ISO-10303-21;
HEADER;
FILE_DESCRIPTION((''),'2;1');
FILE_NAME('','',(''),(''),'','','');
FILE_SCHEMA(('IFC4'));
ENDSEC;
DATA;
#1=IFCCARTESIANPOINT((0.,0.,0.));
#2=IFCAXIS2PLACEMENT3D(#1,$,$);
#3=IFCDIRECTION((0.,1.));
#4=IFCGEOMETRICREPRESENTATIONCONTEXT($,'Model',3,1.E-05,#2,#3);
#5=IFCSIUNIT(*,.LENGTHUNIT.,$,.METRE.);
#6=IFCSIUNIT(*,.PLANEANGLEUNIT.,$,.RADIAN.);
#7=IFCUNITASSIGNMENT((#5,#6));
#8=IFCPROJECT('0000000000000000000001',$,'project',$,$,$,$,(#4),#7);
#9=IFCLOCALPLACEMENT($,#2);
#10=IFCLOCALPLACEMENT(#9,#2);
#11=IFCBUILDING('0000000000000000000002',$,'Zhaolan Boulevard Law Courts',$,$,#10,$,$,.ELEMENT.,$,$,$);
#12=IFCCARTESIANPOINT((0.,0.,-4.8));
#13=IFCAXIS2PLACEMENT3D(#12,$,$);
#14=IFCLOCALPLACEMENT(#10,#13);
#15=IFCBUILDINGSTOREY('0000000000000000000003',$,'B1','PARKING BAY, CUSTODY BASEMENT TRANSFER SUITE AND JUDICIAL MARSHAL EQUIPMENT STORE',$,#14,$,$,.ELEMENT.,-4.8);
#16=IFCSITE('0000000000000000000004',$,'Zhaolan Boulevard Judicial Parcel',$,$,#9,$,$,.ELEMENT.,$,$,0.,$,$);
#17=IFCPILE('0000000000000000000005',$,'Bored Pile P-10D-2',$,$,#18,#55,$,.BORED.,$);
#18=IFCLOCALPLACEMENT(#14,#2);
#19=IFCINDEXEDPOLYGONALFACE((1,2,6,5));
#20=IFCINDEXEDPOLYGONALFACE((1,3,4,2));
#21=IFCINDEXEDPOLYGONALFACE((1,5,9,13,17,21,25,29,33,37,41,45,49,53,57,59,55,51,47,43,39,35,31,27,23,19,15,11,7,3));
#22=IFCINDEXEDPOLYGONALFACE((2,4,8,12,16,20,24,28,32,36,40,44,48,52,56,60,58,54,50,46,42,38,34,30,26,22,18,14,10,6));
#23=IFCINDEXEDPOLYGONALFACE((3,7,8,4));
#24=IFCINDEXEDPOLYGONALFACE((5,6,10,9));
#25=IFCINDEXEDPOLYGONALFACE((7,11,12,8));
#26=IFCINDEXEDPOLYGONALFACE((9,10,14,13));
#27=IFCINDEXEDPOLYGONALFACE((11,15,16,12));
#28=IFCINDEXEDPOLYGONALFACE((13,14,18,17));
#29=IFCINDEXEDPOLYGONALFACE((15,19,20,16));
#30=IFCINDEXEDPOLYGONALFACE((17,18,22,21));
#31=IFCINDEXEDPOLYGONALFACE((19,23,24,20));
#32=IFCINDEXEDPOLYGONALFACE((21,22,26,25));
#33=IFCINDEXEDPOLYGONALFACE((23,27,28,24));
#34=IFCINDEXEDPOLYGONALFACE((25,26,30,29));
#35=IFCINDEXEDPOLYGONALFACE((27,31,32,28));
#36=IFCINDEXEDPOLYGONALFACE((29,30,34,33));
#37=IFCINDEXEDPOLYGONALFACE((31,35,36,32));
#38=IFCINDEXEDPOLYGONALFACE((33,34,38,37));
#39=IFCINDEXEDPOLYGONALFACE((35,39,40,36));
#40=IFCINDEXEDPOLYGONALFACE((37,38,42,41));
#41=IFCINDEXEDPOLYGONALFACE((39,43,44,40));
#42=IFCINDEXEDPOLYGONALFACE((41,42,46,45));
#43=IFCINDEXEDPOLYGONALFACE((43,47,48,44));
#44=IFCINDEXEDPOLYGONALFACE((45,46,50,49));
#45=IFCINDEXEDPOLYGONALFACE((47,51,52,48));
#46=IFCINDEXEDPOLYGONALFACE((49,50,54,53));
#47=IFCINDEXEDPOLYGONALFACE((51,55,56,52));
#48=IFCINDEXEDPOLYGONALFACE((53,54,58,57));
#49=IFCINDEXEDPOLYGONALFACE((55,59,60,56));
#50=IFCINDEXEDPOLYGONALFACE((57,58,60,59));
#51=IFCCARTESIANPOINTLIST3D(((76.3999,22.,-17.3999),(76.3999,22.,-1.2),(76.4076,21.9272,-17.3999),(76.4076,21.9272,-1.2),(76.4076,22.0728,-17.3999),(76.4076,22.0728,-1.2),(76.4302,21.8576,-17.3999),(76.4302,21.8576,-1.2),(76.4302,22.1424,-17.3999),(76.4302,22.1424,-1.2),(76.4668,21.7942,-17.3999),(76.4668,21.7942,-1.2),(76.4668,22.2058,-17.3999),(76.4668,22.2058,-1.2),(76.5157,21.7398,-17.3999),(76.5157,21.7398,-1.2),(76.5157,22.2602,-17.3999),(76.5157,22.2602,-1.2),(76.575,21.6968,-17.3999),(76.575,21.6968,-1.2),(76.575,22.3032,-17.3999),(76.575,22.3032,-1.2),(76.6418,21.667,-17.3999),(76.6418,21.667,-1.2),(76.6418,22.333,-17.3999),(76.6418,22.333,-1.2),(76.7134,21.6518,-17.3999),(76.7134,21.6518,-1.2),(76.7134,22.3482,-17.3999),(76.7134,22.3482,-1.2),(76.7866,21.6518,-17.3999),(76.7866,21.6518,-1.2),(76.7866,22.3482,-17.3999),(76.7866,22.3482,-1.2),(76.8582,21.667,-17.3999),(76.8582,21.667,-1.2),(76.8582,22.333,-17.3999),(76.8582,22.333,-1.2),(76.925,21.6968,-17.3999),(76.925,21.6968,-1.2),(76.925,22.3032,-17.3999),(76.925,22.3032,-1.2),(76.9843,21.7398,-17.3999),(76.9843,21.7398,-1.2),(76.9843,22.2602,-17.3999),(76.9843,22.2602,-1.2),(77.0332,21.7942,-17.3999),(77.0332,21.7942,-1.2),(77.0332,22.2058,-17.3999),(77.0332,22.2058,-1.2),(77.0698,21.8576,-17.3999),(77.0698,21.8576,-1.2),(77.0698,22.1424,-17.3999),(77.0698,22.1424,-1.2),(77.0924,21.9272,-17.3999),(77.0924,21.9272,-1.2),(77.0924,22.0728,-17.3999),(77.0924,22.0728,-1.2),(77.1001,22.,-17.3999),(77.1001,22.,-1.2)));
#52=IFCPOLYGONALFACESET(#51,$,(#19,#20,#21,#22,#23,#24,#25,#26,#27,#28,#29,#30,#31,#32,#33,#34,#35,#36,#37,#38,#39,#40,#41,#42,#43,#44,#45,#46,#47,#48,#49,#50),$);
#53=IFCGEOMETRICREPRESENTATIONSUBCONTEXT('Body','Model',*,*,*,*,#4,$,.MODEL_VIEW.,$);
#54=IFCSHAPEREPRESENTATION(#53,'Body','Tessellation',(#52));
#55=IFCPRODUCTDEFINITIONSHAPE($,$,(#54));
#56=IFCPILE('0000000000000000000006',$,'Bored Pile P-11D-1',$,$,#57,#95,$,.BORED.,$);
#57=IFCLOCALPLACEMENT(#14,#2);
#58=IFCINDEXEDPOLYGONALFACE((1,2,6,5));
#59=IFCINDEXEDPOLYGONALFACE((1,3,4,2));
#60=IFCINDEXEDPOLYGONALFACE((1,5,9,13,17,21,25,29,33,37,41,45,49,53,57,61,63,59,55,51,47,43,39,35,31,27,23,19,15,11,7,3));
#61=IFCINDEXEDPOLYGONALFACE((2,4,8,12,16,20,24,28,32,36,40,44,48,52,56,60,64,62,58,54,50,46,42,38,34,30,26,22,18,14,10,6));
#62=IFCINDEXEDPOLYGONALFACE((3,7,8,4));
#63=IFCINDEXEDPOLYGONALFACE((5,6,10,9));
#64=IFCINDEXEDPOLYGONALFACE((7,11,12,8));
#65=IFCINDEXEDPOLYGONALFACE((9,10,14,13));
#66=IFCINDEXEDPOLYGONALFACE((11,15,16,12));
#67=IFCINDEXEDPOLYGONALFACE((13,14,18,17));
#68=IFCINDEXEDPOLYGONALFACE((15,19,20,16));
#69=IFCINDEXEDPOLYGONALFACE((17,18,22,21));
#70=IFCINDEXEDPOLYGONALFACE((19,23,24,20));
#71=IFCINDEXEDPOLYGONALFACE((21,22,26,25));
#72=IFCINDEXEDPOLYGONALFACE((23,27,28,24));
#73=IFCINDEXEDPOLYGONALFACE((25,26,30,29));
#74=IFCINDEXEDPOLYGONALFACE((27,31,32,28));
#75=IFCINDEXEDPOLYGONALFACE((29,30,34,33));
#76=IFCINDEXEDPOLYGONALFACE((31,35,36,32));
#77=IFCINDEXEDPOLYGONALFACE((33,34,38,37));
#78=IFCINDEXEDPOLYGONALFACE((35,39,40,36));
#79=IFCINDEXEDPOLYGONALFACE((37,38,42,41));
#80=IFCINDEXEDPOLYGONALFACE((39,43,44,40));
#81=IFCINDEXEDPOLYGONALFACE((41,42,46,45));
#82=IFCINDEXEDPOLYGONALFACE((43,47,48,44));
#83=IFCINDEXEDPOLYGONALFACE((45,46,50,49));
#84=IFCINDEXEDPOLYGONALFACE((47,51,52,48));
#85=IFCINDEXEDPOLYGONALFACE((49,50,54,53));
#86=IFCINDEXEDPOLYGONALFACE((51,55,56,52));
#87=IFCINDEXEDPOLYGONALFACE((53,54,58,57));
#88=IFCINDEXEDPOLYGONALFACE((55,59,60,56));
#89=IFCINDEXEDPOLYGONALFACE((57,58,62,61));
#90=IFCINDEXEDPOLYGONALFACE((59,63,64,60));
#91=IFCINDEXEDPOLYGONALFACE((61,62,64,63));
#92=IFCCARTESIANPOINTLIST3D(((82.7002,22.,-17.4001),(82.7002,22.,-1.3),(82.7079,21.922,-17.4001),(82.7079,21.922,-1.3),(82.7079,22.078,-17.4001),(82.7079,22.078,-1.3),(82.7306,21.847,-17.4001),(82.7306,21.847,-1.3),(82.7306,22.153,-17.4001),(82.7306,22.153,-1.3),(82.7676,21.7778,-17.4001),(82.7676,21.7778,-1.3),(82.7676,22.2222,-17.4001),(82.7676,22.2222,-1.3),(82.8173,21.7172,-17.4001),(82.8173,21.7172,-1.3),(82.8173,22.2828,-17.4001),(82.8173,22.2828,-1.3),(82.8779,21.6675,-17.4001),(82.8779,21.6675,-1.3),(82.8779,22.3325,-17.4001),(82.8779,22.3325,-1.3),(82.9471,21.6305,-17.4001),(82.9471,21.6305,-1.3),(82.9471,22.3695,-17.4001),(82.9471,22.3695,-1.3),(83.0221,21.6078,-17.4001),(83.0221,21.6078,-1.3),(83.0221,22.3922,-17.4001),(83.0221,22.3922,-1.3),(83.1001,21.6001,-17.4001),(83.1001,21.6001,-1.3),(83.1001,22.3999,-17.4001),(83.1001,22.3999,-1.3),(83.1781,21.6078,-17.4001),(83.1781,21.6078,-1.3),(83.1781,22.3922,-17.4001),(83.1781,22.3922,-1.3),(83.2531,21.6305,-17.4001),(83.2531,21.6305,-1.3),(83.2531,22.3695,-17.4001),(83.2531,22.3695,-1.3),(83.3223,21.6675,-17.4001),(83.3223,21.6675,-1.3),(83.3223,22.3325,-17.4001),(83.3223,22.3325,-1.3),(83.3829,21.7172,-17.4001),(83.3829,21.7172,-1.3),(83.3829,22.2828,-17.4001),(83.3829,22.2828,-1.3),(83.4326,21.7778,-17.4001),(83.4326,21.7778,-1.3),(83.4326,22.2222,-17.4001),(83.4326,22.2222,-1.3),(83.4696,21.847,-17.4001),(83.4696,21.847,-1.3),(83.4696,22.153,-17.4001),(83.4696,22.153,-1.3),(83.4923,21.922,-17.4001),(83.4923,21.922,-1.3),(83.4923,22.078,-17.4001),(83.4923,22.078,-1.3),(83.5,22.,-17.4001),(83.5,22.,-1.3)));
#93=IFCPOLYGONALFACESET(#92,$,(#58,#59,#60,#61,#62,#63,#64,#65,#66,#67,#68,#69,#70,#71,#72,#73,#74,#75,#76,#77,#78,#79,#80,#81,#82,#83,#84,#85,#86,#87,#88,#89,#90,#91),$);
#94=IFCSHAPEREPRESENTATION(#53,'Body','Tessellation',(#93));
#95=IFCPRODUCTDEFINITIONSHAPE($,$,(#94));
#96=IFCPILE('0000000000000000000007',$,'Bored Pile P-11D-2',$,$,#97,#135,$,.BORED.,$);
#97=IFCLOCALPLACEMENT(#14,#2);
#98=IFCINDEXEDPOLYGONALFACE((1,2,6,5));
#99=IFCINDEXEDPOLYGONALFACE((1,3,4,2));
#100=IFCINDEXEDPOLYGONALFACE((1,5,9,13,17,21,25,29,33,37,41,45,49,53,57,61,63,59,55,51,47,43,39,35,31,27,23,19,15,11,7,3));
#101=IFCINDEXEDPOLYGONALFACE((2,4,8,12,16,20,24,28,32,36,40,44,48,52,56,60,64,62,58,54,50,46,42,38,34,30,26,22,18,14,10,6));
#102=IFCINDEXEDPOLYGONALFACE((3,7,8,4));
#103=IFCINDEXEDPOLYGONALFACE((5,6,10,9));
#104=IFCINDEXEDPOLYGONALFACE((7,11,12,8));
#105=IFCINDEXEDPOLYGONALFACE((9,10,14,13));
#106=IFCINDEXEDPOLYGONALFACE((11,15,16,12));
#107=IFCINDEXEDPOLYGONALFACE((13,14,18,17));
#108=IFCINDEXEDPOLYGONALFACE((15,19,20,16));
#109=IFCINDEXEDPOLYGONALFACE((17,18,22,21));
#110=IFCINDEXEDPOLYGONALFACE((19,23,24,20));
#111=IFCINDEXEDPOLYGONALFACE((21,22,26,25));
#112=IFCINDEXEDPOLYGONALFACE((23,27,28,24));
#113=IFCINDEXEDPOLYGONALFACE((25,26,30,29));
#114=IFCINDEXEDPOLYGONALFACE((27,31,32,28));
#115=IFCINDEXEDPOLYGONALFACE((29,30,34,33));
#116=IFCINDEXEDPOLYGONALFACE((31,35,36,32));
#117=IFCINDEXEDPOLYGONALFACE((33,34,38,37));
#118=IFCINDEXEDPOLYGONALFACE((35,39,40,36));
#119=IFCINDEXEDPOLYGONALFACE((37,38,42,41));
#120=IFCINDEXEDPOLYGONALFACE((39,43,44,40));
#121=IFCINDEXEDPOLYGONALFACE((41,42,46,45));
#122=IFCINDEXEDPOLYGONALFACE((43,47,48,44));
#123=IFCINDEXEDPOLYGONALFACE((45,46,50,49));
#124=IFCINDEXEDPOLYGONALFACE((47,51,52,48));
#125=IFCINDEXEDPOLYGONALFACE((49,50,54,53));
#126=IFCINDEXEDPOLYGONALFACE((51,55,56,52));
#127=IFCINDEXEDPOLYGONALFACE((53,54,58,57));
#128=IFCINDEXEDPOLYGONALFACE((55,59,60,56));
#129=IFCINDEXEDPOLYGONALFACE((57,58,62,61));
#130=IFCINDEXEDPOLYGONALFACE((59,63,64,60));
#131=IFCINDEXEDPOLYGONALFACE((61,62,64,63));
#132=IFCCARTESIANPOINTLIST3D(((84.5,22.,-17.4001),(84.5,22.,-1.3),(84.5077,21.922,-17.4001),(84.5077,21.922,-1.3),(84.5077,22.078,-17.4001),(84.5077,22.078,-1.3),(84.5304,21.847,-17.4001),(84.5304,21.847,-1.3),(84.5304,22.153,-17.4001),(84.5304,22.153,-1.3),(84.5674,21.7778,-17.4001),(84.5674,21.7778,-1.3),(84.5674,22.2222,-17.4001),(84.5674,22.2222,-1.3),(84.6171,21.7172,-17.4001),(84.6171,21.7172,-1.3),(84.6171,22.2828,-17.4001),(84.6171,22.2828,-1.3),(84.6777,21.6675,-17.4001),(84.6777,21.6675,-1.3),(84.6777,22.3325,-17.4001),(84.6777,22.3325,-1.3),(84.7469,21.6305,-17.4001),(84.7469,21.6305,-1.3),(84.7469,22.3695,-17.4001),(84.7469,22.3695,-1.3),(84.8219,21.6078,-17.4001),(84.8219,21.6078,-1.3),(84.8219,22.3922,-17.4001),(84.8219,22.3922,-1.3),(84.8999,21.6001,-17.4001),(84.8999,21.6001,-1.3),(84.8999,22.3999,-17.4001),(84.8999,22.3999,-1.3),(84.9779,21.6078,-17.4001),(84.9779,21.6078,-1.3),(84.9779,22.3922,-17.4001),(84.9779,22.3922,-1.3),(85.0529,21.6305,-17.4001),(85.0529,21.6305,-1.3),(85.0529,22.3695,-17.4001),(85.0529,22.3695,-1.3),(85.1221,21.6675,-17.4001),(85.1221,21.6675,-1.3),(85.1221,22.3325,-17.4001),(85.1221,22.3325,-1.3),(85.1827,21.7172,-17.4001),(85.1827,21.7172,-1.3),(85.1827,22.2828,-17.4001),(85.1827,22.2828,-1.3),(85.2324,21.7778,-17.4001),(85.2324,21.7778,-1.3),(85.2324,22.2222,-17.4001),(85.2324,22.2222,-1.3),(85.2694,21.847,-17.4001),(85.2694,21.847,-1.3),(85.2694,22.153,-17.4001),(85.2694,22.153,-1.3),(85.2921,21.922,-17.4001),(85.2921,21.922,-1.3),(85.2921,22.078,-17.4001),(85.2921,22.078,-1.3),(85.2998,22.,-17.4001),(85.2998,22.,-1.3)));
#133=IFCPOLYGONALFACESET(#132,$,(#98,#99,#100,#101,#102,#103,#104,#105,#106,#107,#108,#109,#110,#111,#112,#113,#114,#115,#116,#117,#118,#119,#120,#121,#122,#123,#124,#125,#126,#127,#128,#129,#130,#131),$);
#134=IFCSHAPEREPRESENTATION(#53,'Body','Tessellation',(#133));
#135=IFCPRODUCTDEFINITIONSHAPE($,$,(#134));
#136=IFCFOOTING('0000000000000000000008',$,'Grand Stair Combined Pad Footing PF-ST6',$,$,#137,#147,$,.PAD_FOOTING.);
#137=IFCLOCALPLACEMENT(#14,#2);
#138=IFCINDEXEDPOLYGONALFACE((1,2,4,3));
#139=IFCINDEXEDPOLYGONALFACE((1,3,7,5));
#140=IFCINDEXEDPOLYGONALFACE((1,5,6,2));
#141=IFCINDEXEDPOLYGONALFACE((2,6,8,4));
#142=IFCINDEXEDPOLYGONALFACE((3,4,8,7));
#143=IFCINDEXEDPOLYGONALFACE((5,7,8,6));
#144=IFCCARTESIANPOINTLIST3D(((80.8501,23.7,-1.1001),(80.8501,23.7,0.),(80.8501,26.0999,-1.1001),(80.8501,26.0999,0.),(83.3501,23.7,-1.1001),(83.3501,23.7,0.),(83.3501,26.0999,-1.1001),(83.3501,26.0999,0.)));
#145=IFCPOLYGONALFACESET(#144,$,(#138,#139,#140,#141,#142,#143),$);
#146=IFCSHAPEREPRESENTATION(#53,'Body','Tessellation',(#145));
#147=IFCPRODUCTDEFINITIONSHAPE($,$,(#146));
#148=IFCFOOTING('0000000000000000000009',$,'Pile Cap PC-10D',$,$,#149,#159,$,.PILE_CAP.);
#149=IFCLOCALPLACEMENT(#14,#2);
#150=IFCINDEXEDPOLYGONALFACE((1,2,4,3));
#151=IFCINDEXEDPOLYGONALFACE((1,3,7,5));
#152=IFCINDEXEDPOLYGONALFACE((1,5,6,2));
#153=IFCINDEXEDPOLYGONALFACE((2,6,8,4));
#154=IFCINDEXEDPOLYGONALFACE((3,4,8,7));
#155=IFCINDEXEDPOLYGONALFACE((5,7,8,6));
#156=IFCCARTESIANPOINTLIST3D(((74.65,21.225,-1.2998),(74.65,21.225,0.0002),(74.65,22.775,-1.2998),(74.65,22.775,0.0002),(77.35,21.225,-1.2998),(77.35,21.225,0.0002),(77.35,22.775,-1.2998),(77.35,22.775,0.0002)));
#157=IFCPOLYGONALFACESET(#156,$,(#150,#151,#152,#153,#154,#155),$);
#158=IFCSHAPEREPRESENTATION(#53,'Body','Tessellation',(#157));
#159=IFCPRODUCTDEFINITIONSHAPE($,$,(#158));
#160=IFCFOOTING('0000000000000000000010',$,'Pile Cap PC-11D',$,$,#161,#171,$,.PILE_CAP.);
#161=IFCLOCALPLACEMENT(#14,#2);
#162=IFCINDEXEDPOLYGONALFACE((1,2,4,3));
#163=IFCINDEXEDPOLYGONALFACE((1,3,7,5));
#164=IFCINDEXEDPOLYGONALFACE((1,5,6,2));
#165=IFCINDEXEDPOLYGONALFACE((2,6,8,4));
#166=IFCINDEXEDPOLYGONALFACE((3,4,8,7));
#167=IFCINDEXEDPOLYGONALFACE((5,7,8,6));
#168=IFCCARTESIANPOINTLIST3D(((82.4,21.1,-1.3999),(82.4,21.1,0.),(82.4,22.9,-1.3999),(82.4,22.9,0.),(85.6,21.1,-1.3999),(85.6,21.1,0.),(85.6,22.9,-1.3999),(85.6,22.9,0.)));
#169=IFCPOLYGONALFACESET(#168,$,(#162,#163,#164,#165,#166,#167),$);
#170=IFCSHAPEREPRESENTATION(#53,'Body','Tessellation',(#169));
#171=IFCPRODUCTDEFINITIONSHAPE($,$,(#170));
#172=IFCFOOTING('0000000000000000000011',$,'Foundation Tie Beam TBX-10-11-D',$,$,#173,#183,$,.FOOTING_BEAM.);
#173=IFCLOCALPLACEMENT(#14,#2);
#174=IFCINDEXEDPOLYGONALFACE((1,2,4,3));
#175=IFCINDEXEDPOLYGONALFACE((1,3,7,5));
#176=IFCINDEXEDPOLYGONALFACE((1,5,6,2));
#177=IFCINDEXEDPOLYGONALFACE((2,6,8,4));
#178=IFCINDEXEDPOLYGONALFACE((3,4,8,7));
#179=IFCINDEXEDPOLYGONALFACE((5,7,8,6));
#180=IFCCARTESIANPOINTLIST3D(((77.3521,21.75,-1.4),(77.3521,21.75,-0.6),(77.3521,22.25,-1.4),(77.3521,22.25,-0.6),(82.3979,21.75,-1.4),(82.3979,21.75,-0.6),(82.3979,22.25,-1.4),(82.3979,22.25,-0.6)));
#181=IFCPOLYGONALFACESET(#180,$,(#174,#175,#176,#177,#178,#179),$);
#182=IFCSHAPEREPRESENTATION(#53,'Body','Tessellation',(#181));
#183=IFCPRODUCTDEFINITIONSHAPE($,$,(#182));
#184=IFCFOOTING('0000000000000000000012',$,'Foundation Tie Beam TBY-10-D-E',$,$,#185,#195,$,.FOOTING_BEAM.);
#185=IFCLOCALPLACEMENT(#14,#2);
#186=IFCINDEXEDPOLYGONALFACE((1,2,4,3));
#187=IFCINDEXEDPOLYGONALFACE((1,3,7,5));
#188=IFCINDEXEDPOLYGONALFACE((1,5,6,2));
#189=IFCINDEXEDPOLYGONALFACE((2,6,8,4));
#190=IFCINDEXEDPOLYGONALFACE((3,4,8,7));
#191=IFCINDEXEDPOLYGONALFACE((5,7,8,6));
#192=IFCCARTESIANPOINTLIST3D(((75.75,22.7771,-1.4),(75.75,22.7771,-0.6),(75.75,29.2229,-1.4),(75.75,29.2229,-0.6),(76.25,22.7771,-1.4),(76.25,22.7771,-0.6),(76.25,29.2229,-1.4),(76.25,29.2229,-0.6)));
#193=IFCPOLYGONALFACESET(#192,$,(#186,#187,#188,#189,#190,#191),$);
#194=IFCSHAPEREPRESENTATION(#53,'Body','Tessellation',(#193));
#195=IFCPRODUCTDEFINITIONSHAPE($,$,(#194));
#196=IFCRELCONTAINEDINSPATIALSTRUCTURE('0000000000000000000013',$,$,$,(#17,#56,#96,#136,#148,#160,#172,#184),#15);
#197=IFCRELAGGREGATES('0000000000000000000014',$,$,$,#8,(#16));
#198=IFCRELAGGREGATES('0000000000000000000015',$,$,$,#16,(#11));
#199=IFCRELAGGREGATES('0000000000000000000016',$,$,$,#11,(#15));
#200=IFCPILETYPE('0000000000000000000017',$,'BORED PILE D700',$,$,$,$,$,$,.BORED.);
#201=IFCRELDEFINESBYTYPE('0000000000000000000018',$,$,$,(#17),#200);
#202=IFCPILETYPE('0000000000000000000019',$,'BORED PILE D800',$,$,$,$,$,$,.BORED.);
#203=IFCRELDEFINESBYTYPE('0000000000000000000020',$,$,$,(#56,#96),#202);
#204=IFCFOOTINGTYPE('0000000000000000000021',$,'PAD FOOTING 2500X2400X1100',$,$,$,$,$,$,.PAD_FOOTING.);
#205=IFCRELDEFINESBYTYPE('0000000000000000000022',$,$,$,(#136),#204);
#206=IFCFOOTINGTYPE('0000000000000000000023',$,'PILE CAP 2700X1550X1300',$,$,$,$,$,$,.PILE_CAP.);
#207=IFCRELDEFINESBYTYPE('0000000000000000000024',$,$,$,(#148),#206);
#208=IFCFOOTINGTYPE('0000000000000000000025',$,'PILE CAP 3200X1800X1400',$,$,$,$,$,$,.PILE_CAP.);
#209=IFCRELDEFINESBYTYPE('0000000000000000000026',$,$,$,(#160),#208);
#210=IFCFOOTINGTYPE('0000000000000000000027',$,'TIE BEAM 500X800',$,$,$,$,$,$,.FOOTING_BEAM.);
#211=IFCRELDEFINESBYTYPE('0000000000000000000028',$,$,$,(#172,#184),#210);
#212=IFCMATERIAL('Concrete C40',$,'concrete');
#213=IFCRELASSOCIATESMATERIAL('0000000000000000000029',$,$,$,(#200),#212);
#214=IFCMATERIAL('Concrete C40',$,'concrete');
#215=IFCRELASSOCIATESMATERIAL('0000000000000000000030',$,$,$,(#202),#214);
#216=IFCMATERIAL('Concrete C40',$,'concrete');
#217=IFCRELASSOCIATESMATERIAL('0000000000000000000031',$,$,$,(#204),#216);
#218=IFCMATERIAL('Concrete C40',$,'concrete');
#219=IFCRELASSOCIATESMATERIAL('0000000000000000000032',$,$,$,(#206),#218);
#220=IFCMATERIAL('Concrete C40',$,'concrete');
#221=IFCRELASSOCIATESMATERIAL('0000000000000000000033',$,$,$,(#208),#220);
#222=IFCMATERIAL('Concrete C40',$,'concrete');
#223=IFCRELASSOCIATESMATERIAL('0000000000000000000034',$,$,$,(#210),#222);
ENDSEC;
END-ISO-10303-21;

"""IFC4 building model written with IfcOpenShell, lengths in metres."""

from ifc_helpers import new_model, si_unit, direction, frame, origin, origin_2d, place, context, subcontext, project, spatial, rectangle, circle, extrude, material, material_profile, profile_set, type_object, element, save


model = new_model("IFC4")

# Units and contexts
model_context = context("Model", 3, precision=1e-05, world=origin(), true_north=direction((0.0, 1.0)))
body_context = subcontext(model_context, "Body", "Model", "MODEL_VIEW")
ifc_project = project(units=[si_unit("LENGTHUNIT", "METRE"), si_unit("PLANEANGLEUNIT", "RADIAN")], contexts=[model_context])

# Site, building, storey
site_placement = place(None, origin())
site = spatial("IfcSite", under=ifc_project, at=site_placement, Name="Zhaolan Boulevard Judicial Parcel", CompositionType="ELEMENT", RefElevation=0.0)
building_placement = place(site_placement, origin())
building = spatial("IfcBuilding", under=site, at=building_placement, Name="Zhaolan Boulevard Law Courts", CompositionType="ELEMENT")
storey_placement = place(building_placement, frame((0.0, 0.0, -4.8)))
storey = spatial("IfcBuildingStorey", under=building, at=storey_placement, Name="B1", Description="PARKING BAY, CUSTODY BASEMENT TRANSFER SUITE AND JUDICIAL MARSHAL EQUIPMENT STORE", CompositionType="ELEMENT", Elevation=-4.8)

# Piles
ifc_material_1 = material(Name="Concrete C40", Category="concrete")
ifc_material_profile_1 = material_profile(ifc_material_1, circle(Radius=0.3501, at=origin_2d()), Name="PILE-D700")
ifc_profile_set_1 = profile_set([ifc_material_profile_1], Name="Concrete C40")
pile_type_1 = type_object("IfcPileType", Name="BORED PILE D700", PredefinedType="BORED", material=ifc_profile_set_1)
pile_placement = place(storey_placement, frame((76.75, 22.0, -1.2), z_axis=(0.0, 0.0, -1.0), x_axis=(1.0, 0.0, 0.0)))
element("IfcPile", 1, at=pile_placement, inside=storey, type_object=pile_type_1, Name="Bored Pile P-10D-2", PredefinedType="BORED", context=body_context, shape_type="SweptSolid", body=[
    extrude(circle(Radius=0.3501, at=origin_2d()), origin(), (0.0, 0.0, 1.0), 16.2),
])
ifc_material_2 = material(Name="Concrete C40", Category="concrete")
ifc_material_profile_2 = material_profile(ifc_material_2, circle(Radius=0.3999, at=origin_2d()), Name="PILE-D800")
ifc_profile_set_2 = profile_set([ifc_material_profile_2], Name="Concrete C40")
pile_type_2 = type_object("IfcPileType", Name="BORED PILE D800", PredefinedType="BORED", material=ifc_profile_set_2)
for number, where, z_axis, x_axis, name in (
    (2, (83.1001, 22.0, -1.3), (0.0, 0.0, -1.0), (1.0, 0.0, 0.0), "Bored Pile P-11D-1"),
    (3, (84.8999, 22.0, -1.3), (0.0, 0.0, -1.0), (1.0, 0.0, 0.0), "Bored Pile P-11D-2"),
):
    element("IfcPile", number, at=place(storey_placement, frame(where, z_axis=z_axis, x_axis=x_axis)), inside=storey, type_object=pile_type_2, Name=name, PredefinedType="BORED", context=body_context, shape_type="SweptSolid", body=[
        extrude(circle(Radius=0.3999, at=origin_2d()), origin(), (0.0, 0.0, 1.0), 16.1001),
    ])

# Footings
ifc_material_3 = material(Name="Concrete C40", Category="concrete")
footing_type_1 = type_object("IfcFootingType", Name="PAD FOOTING 2500X2400X1100", PredefinedType="PAD_FOOTING", material=ifc_material_3)
footing_1_placement = place(storey_placement, frame((82.1001, 24.8999, -1.1001), z_axis=(0.0, 0.0, 1.0), x_axis=(1.0, 0.0, 0.0)))
element("IfcFooting", 4, at=footing_1_placement, inside=storey, type_object=footing_type_1, Name="Grand Stair Combined Pad Footing PF-ST6", PredefinedType="PAD_FOOTING", context=body_context, shape_type="SweptSolid", body=[
    extrude(rectangle(XDim=2.5, YDim=2.3999, at=origin_2d()), origin(), (0.0, 0.0, 1.0), 1.1001),
])
ifc_material_4 = material(Name="Concrete C40", Category="concrete")
footing_type_2 = type_object("IfcFootingType", Name="PILE CAP 2700X1550X1300", PredefinedType="PILE_CAP", material=ifc_material_4)
footing_2_placement = place(storey_placement, frame((76.0, 22.0, -1.2998), z_axis=(0.0, 0.0, 1.0), x_axis=(1.0, 0.0, 0.0)))
element("IfcFooting", 5, at=footing_2_placement, inside=storey, type_object=footing_type_2, Name="Pile Cap PC-10D", PredefinedType="PILE_CAP", context=body_context, shape_type="SweptSolid", body=[
    extrude(rectangle(XDim=2.7, YDim=1.55, at=origin_2d()), origin(), (0.0, 0.0, 1.0), 1.3),
])
ifc_material_5 = material(Name="Concrete C40", Category="concrete")
footing_type_3 = type_object("IfcFootingType", Name="PILE CAP 3200X1800X1400", PredefinedType="PILE_CAP", material=ifc_material_5)
footing_3_placement = place(storey_placement, frame((84.0, 22.0, -1.3999), z_axis=(0.0, 0.0, 1.0), x_axis=(1.0, 0.0, 0.0)))
element("IfcFooting", 6, at=footing_3_placement, inside=storey, type_object=footing_type_3, Name="Pile Cap PC-11D", PredefinedType="PILE_CAP", context=body_context, shape_type="SweptSolid", body=[
    extrude(rectangle(XDim=3.2, YDim=1.8, at=origin_2d()), origin(), (0.0, 0.0, 1.0), 1.3999),
])
ifc_material_6 = material(Name="Concrete C40", Category="concrete")
ifc_material_profile_3 = material_profile(ifc_material_6, rectangle(XDim=0.5, YDim=0.8, at=origin_2d()), Name="RC500x800")
ifc_profile_set_3 = profile_set([ifc_material_profile_3], Name="Concrete C40")
footing_type_4 = type_object("IfcFootingType", Name="TIE BEAM 500X800", PredefinedType="FOOTING_BEAM", material=ifc_profile_set_3)
footing_4_placement = place(storey_placement, frame((77.3521, 22.0, -1.0), z_axis=(1.0, 0.0, 0.0), x_axis=(0.0, 1.0, 0.0)))
element("IfcFooting", 7, at=footing_4_placement, inside=storey, type_object=footing_type_4, Name="Foundation Tie Beam TBX-10-11-D", PredefinedType="FOOTING_BEAM", context=body_context, shape_type="SweptSolid", body=[
    extrude(rectangle(XDim=0.5, YDim=0.8, at=origin_2d()), origin(), (0.0, 0.0, 1.0), 5.0459),
])
footing_5_placement = place(storey_placement, frame((76.0, 22.7771, -1.0), z_axis=(0.0, 1.0, 0.0), x_axis=(-1.0, 0.0, 0.0)))
element("IfcFooting", 8, at=footing_5_placement, inside=storey, type_object=footing_type_4, Name="Foundation Tie Beam TBY-10-D-E", PredefinedType="FOOTING_BEAM", context=body_context, shape_type="SweptSolid", body=[
    extrude(rectangle(XDim=0.5, YDim=0.8, at=origin_2d()), origin(), (0.0, 0.0, 1.0), 6.4458),
])

save(model, "model.ifc")
